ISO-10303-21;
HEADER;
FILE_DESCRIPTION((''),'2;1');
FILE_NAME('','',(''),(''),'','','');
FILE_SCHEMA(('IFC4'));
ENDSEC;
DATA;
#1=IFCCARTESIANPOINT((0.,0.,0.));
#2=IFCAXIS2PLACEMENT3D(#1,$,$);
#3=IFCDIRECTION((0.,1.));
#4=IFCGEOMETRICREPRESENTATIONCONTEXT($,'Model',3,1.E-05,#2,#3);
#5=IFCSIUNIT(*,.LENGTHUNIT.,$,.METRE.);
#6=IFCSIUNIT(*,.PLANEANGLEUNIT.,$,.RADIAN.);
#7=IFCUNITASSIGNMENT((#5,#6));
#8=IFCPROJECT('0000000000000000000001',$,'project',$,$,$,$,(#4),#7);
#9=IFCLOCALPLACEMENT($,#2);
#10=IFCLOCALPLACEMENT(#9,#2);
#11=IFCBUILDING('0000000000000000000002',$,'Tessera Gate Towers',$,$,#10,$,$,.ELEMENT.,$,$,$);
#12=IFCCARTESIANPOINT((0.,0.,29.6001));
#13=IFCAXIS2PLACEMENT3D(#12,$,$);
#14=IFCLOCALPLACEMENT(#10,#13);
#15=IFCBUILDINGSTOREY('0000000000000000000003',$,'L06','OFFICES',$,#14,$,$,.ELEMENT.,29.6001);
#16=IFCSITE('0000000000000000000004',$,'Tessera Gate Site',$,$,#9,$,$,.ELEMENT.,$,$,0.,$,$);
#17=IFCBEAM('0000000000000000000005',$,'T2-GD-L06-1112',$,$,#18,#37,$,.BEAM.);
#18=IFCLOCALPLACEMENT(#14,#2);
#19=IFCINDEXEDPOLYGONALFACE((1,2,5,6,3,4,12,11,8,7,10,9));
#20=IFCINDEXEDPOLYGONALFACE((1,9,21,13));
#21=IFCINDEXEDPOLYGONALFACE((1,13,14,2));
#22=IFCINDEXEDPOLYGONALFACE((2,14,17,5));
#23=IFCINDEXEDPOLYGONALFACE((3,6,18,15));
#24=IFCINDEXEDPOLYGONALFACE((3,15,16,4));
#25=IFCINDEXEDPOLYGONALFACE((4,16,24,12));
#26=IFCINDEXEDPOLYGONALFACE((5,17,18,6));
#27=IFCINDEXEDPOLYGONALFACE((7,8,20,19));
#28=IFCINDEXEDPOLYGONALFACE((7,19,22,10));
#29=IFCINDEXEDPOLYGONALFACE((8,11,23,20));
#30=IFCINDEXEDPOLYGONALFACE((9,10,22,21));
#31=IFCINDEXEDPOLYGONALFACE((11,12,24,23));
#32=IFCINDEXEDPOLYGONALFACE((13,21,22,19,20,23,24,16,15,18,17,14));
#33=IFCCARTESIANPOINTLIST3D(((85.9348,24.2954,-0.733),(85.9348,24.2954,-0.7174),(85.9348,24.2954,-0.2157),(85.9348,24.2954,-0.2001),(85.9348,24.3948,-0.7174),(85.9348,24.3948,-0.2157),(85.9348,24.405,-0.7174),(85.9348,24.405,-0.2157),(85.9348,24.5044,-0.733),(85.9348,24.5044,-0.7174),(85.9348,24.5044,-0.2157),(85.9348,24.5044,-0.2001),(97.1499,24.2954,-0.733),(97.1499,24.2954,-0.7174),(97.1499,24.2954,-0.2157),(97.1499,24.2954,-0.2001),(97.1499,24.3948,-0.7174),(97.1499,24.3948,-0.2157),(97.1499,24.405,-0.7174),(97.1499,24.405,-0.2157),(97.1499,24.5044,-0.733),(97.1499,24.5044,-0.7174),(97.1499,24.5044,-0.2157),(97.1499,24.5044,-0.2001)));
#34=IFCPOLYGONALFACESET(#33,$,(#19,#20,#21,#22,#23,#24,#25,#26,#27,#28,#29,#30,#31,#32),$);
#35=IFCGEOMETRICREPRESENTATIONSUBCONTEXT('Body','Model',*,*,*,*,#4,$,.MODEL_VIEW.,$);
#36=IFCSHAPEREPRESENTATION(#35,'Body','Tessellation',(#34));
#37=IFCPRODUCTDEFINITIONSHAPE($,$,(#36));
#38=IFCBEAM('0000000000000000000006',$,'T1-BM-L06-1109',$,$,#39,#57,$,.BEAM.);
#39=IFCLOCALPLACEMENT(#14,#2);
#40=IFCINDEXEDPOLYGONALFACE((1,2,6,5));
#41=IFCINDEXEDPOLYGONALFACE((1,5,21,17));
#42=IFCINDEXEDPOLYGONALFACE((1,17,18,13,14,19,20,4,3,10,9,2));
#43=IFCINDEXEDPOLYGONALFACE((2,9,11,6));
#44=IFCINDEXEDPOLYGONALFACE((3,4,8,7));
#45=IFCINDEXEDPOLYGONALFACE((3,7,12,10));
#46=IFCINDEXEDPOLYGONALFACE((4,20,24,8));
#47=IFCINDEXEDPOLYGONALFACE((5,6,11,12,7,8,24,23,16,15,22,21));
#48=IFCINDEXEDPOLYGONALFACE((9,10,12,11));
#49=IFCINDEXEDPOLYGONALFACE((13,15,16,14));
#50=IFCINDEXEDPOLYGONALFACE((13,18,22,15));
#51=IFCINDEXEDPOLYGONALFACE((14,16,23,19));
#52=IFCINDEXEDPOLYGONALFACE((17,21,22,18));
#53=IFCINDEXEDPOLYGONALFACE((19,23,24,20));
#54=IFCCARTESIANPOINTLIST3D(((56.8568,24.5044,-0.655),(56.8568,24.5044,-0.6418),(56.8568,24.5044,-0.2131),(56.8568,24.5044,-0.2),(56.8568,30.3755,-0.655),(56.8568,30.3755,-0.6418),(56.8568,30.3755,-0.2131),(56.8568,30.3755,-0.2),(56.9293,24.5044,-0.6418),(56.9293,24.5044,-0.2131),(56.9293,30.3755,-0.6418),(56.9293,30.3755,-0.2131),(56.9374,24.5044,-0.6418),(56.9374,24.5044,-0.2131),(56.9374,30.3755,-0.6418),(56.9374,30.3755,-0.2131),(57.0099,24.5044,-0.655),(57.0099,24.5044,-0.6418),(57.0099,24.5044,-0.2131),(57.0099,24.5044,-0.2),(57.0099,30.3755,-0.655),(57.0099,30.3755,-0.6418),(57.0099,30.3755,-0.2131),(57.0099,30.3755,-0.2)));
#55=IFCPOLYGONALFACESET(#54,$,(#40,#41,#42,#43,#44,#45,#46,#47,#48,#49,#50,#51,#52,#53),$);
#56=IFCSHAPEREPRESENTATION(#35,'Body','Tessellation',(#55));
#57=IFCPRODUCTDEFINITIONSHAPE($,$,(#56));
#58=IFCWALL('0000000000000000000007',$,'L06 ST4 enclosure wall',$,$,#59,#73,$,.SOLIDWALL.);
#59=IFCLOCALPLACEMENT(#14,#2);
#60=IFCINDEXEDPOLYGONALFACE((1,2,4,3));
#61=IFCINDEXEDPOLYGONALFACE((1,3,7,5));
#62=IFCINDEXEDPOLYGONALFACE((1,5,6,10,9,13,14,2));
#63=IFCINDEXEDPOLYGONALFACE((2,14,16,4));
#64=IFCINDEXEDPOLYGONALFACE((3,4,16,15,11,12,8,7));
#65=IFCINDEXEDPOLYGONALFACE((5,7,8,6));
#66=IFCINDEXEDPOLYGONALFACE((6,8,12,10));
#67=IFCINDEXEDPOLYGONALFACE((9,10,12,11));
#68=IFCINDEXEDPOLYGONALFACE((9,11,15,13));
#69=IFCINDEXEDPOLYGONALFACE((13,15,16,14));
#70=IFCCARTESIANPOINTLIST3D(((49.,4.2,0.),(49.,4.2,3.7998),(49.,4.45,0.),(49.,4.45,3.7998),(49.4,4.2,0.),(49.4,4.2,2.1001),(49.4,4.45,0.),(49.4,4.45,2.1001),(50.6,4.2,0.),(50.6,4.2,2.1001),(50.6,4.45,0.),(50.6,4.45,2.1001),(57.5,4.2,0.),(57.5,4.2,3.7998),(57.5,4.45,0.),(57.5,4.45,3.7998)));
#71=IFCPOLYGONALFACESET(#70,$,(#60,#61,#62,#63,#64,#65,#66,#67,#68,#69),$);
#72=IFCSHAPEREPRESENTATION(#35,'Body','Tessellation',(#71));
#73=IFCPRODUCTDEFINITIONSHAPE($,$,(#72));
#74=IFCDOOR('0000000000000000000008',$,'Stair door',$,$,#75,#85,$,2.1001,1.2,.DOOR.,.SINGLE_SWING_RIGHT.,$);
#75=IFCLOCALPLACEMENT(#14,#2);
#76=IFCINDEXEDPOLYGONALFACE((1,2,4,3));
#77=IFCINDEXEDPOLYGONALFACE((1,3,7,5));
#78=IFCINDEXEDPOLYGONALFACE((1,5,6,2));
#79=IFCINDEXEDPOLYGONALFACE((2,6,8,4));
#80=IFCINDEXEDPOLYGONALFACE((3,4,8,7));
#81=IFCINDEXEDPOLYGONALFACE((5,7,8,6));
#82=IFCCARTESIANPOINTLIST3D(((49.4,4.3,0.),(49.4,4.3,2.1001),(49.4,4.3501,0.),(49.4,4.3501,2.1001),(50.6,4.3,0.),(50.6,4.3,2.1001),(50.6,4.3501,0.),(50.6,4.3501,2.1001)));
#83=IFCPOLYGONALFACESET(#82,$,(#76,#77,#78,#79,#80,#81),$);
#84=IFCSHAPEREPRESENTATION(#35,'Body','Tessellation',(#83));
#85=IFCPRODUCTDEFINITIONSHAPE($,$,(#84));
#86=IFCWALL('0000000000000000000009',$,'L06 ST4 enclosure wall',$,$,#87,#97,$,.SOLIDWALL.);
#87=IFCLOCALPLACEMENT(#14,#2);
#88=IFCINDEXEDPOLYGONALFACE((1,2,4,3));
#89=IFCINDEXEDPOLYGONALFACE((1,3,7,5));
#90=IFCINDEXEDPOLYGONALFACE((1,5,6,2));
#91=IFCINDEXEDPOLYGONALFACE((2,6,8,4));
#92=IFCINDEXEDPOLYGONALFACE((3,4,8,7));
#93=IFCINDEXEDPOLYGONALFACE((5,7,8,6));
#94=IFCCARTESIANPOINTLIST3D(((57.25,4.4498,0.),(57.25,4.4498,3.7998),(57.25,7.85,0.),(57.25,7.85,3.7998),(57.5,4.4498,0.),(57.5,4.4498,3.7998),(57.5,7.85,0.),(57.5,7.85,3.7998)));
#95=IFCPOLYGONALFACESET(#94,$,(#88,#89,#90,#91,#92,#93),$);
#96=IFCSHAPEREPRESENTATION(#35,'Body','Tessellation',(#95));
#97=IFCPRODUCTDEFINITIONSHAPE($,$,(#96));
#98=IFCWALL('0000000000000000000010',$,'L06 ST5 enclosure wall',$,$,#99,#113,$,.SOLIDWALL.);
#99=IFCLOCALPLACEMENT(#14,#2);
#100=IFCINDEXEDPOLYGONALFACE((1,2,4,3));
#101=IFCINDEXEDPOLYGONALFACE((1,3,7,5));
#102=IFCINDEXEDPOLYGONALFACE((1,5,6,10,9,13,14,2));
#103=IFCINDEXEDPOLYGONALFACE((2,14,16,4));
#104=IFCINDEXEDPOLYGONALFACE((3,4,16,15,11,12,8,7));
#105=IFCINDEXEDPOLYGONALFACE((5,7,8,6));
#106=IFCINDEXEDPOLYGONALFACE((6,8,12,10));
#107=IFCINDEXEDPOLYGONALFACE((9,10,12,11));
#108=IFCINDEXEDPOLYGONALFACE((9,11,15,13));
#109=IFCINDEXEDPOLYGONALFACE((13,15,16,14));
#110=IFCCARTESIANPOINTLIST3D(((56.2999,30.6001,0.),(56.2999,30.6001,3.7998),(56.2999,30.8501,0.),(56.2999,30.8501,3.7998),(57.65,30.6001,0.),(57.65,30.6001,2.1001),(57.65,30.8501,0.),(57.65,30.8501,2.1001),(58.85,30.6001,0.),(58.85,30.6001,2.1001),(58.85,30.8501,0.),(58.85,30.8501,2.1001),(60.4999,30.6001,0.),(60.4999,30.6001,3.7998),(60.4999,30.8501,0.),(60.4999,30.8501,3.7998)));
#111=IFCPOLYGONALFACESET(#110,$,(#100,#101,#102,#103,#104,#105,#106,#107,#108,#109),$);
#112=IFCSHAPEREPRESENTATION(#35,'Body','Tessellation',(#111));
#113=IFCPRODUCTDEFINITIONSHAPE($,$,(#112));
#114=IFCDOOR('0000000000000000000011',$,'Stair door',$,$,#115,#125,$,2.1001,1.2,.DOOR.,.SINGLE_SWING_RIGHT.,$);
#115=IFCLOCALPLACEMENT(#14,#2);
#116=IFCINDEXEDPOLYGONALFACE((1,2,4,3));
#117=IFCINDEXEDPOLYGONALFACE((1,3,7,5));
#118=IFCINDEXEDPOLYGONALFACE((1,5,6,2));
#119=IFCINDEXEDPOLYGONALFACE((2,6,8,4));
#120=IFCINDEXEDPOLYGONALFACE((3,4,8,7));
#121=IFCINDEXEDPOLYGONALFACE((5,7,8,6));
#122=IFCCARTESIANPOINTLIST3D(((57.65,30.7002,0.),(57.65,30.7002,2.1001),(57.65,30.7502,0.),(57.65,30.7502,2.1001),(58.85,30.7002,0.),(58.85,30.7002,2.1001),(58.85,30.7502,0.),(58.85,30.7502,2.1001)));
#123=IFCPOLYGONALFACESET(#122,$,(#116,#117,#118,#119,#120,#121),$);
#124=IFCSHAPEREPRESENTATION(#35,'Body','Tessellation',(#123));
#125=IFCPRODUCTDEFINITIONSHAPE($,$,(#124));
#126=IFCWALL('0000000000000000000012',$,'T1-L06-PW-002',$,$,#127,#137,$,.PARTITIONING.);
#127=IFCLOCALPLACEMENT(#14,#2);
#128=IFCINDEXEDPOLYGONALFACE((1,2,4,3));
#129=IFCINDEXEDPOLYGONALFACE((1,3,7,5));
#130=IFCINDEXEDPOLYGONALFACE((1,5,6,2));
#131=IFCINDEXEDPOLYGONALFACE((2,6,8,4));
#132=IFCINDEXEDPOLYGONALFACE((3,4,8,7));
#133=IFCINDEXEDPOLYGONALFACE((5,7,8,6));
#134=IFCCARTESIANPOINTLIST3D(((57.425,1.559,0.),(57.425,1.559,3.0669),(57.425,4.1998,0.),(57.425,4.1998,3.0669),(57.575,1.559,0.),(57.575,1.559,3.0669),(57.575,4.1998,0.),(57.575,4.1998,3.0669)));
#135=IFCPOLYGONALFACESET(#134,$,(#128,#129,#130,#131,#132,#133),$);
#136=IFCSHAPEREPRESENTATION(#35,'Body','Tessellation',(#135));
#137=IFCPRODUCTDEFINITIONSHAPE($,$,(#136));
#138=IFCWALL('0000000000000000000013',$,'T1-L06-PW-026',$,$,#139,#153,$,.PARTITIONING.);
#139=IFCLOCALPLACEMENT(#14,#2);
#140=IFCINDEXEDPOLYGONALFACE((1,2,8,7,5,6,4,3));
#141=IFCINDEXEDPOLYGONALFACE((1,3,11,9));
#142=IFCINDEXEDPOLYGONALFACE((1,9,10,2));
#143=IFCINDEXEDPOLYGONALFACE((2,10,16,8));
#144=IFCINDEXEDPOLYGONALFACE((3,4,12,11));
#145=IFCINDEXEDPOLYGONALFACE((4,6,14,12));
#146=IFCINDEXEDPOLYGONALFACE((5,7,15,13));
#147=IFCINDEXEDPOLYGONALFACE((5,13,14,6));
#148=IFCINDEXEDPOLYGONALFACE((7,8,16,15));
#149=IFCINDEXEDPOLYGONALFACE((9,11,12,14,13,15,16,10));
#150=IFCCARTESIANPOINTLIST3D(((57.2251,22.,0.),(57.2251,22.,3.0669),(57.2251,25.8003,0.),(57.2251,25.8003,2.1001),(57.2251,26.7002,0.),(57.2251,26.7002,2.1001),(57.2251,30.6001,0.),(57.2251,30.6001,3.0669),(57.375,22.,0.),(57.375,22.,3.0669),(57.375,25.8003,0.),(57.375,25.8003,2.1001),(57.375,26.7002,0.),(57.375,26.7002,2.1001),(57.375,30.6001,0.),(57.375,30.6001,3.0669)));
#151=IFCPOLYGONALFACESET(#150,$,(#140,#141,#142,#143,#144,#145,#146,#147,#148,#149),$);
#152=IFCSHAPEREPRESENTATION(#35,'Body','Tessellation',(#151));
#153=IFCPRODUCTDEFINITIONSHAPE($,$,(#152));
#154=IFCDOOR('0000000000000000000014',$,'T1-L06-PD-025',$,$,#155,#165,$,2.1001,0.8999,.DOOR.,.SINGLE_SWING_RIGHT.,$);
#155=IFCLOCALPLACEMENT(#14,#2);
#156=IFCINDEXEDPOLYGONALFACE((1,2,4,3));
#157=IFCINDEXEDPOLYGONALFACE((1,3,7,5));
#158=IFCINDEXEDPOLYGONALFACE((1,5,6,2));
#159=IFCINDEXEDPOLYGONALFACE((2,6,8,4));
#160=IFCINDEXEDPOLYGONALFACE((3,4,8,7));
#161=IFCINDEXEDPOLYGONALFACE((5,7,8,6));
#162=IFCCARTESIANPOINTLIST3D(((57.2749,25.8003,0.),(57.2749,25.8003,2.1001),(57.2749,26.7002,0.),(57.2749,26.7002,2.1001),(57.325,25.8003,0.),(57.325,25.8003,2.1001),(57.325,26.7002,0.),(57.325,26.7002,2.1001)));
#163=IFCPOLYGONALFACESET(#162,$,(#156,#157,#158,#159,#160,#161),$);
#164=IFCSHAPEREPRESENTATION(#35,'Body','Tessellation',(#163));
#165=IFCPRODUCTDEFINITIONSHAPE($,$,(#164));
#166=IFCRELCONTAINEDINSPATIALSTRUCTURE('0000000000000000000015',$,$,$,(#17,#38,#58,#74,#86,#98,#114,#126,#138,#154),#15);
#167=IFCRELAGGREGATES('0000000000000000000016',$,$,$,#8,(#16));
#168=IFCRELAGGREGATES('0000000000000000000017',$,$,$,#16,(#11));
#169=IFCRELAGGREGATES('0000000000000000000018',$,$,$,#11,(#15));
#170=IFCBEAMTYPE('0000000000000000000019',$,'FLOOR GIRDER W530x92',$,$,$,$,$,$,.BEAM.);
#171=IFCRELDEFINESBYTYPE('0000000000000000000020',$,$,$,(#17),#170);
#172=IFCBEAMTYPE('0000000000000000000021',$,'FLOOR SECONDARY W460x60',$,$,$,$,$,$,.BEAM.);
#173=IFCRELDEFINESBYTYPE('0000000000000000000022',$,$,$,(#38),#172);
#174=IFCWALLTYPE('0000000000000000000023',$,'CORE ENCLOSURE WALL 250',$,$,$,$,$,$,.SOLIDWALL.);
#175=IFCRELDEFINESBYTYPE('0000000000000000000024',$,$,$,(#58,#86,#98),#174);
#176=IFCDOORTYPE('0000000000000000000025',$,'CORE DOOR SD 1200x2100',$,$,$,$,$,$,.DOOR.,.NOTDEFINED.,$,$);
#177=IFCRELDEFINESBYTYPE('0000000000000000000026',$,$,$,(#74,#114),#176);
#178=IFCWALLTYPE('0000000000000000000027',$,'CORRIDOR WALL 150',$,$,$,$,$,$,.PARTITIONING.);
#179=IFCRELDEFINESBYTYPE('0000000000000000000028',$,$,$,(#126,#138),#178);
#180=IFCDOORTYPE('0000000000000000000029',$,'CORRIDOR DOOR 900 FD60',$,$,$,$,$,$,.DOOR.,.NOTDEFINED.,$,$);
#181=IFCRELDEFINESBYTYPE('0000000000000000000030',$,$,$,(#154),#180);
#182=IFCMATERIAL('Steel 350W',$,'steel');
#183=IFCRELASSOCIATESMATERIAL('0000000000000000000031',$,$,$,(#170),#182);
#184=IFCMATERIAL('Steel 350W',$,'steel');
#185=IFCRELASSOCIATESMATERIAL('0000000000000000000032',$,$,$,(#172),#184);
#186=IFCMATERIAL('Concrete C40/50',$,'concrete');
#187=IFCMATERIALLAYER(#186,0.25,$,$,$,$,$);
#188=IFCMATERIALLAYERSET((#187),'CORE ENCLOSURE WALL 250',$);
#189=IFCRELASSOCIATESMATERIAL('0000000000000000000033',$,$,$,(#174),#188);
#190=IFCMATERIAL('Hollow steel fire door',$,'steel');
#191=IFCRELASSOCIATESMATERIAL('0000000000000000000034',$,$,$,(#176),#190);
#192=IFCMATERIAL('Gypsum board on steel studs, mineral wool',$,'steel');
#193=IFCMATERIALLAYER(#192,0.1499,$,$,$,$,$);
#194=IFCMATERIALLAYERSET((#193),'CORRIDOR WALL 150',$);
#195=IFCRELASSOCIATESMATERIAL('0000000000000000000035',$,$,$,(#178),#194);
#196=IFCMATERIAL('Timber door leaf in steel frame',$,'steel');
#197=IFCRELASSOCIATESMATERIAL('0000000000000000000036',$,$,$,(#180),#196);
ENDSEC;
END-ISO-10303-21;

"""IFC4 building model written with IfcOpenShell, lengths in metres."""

from ifc_helpers import new_model, si_unit, direction, frame, frame_2d, origin, origin_2d, place, context, subcontext, project, spatial, rectangle, i_section, extrude, source, transform, mapped, material, layer, layer_set, material_profile, profile_set, type_object, element, fill, save


model = new_model("IFC4")

# Units and contexts
model_context = context("Model", 3, precision=1e-05, world=origin(), true_north=direction((0.0, 1.0)))
body_context = subcontext(model_context, "Body", "Model", "MODEL_VIEW")
ifc_project = project(units=[si_unit("LENGTHUNIT", "METRE"), si_unit("PLANEANGLEUNIT", "RADIAN")], contexts=[model_context])

# Site, building, storey
site_placement = place(None, origin())
site = spatial("IfcSite", under=ifc_project, at=site_placement, Name="Tessera Gate Site", CompositionType="ELEMENT", RefElevation=0.0)
building_placement = place(site_placement, origin())
building = spatial("IfcBuilding", under=site, at=building_placement, Name="Tessera Gate Towers", CompositionType="ELEMENT")
storey_placement = place(building_placement, frame((0.0, 0.0, 29.6001)))
storey = spatial("IfcBuildingStorey", under=building, at=storey_placement, Name="L06", Description="OFFICES", CompositionType="ELEMENT", Elevation=29.6001)

# Beams
ifc_material_1 = material(Name="Steel 350W", Category="steel")
ifc_material_profile_1 = material_profile(ifc_material_1, i_section(OverallWidth=0.209, OverallDepth=0.533, WebThickness=0.0103, FlangeThickness=0.0156, at=origin_2d()), Name="W530x92")
ifc_profile_set_1 = profile_set([ifc_material_profile_1], Name="Steel 350W")
beam_type_1 = type_object("IfcBeamType", Name="FLOOR GIRDER W530x92", PredefinedType="BEAM", material=ifc_profile_set_1)
beam_1_placement = place(storey_placement, frame((85.9348, 24.3999, -0.4666), z_axis=(1.0, 0.0, 0.0), x_axis=(0.0, 1.0, 0.0)))
element("IfcBeam", 1, at=beam_1_placement, inside=storey, type_object=beam_type_1, Name="T2-GD-L06-1112", PredefinedType="BEAM", context=body_context, shape_type="SweptSolid", body=[
    extrude(i_section(OverallWidth=0.209, OverallDepth=0.533, WebThickness=0.0103, FlangeThickness=0.0156, at=origin_2d()), origin(), (0.0, 0.0, 1.0), 11.2151),
])
ifc_material_2 = material(Name="Steel 350W", Category="steel")
ifc_material_profile_2 = material_profile(ifc_material_2, i_section(OverallWidth=0.1531, OverallDepth=0.4551, WebThickness=0.0081, FlangeThickness=0.0132, at=origin_2d()), Name="W460x60")
ifc_profile_set_2 = profile_set([ifc_material_profile_2], Name="Steel 350W")
beam_type_2 = type_object("IfcBeamType", Name="FLOOR SECONDARY W460x60", PredefinedType="BEAM", material=ifc_profile_set_2)
beam_2_placement = place(storey_placement, frame((56.9333, 24.5044, -0.4275), z_axis=(0.0, 1.0, 0.0), x_axis=(-1.0, 0.0, 0.0)))
element("IfcBeam", 2, at=beam_2_placement, inside=storey, type_object=beam_type_2, Name="T1-BM-L06-1109", PredefinedType="BEAM", context=body_context, shape_type="SweptSolid", body=[
    extrude(i_section(OverallWidth=0.1531, OverallDepth=0.4551, WebThickness=0.0081, FlangeThickness=0.0132, at=origin_2d()), origin(), (0.0, 0.0, 1.0), 5.8711),
])

# Wall, opening, door
ifc_material_3 = material(Name="Concrete C40/50", Category="concrete")
ifc_layer_1 = layer(ifc_material_3, 0.25)
ifc_layer_set_1 = layer_set([ifc_layer_1], Name="CORE ENCLOSURE WALL 250")
wall_type_1 = type_object("IfcWallType", Name="CORE ENCLOSURE WALL 250", PredefinedType="SOLIDWALL", material=ifc_layer_set_1)
wall_1_placement = place(storey_placement, frame((57.5, 4.325, 0.0), z_axis=(0.0, 0.0, 1.0), x_axis=(-1.0, 0.0, 0.0)))
wall_1 = element("IfcWall", 3, at=wall_1_placement, inside=storey, type_object=wall_type_1, Name="L06 ST4 enclosure wall", PredefinedType="SOLIDWALL", context=body_context, shape_type="SweptSolid", body=[
    extrude(rectangle(XDim=8.5, YDim=0.25, at=frame_2d((4.25, 0.0))), origin(), (0.0, 0.0, 1.0), 3.7998),
])
shared_shape_1 = source(origin(), body_context, "Body", "SweptSolid", [
    extrude(rectangle(XDim=1.2, YDim=2.1001, at=frame_2d((0.6001, 1.05))), frame((0.0, 0.135, 0.0), z_axis=(0.0, -1.0, 0.0), x_axis=(1.0, 0.0, 0.0)), (0.0, 0.0, 1.0), 0.27),
])
opening_1_placement = place(wall_1_placement, frame((6.8999, 0.0, 0.0)))
opening_1 = element("IfcOpeningElement", 4, at=opening_1_placement, cuts=wall_1, PredefinedType="OPENING", context=body_context, shape_type="MappedRepresentation", body=[
    mapped(shared_shape_1, transform((0.0, 0.0, 0.0), scale=1.0)),
])
ifc_material_4 = material(Name="Hollow steel fire door", Category="steel")
door_type_1 = type_object("IfcDoorType", Name="CORE DOOR SD 1200x2100", OperationType="NOTDEFINED", PredefinedType="DOOR", material=ifc_material_4)
shared_shape_2 = source(origin(), body_context, "Body", "SweptSolid", [
    extrude(rectangle(XDim=1.2, YDim=2.1001, at=frame_2d((0.6001, 1.05))), frame((0.0, 0.0249, 0.0), z_axis=(0.0, -1.0, 0.0), x_axis=(1.0, 0.0, 0.0)), (0.0, 0.0, 1.0), 0.05),
])
door_1_placement = place(opening_1_placement, origin())
door_1 = element("IfcDoor", 5, at=door_1_placement, inside=storey, type_object=door_type_1, Name="Stair door", OperationType="SINGLE_SWING_RIGHT", OverallHeight=2.1001, OverallWidth=1.2, PredefinedType="DOOR", context=body_context, shape_type="MappedRepresentation", body=[
    mapped(shared_shape_2, transform((0.0, 0.0, 0.0), scale=1.0)),
])
fill(opening_1, door_1)

# Wall
wall_2_placement = place(storey_placement, frame((57.375, 7.8501, 0.0), z_axis=(0.0, 0.0, 1.0), x_axis=(0.0, -1.0, 0.0)))
element("IfcWall", 6, at=wall_2_placement, inside=storey, type_object=wall_type_1, Name="L06 ST4 enclosure wall", PredefinedType="SOLIDWALL", context=body_context, shape_type="SweptSolid", body=[
    extrude(rectangle(XDim=3.4001, YDim=0.25, at=frame_2d((1.7002, 0.0))), origin(), (0.0, 0.0, 1.0), 3.7998),
])

# Wall, opening, door
wall_3_placement = place(storey_placement, frame((60.5, 30.7251, 0.0), z_axis=(0.0, 0.0, 1.0), x_axis=(-1.0, 0.0, 0.0)))
wall_3 = element("IfcWall", 7, at=wall_3_placement, inside=storey, type_object=wall_type_1, Name="L06 ST5 enclosure wall", PredefinedType="SOLIDWALL", context=body_context, shape_type="SweptSolid", body=[
    extrude(rectangle(XDim=4.2, YDim=0.25, at=frame_2d((2.1001, 0.0))), origin(), (0.0, 0.0, 1.0), 3.7998),
])
opening_2_placement = place(wall_3_placement, frame((1.6499, 0.0, 0.0)))
opening_2 = element("IfcOpeningElement", 8, at=opening_2_placement, cuts=wall_3, PredefinedType="OPENING", context=body_context, shape_type="MappedRepresentation", body=[
    mapped(shared_shape_1, transform((0.0, 0.0, 0.0), scale=1.0)),
])
door_2_placement = place(opening_2_placement, origin())
door_2 = element("IfcDoor", 9, at=door_2_placement, inside=storey, type_object=door_type_1, Name="Stair door", OperationType="SINGLE_SWING_RIGHT", OverallHeight=2.1001, OverallWidth=1.2, PredefinedType="DOOR", context=body_context, shape_type="MappedRepresentation", body=[
    mapped(shared_shape_2, transform((0.0, 0.0, 0.0), scale=1.0)),
])
fill(opening_2, door_2)

# Wall
ifc_material_5 = material(Name="Gypsum board on steel studs, mineral wool", Category="steel")
ifc_layer_2 = layer(ifc_material_5, 0.1499)
ifc_layer_set_2 = layer_set([ifc_layer_2], Name="CORRIDOR WALL 150")
wall_type_2 = type_object("IfcWallType", Name="CORRIDOR WALL 150", PredefinedType="PARTITIONING", material=ifc_layer_set_2)
wall_4_placement = place(storey_placement, frame((57.5, 1.5591, 0.0), z_axis=(0.0, 0.0, 1.0), x_axis=(0.0, 1.0, 0.0)))
element("IfcWall", 10, at=wall_4_placement, inside=storey, type_object=wall_type_2, Name="T1-L06-PW-002", PredefinedType="PARTITIONING", context=body_context, shape_type="SweptSolid", body=[
    extrude(rectangle(XDim=2.6409, YDim=0.1499, at=frame_2d((1.3203, 0.0))), origin(), (0.0, 0.0, 1.0), 3.0669),
])

# Wall, opening, door
wall_5_placement = place(storey_placement, frame((57.3, 30.6001, 0.0), z_axis=(0.0, 0.0, 1.0), x_axis=(0.0, -1.0, 0.0)))
wall_5 = element("IfcWall", 11, at=wall_5_placement, inside=storey, type_object=wall_type_2, Name="T1-L06-PW-026", PredefinedType="PARTITIONING", context=body_context, shape_type="SweptSolid", body=[
    extrude(rectangle(XDim=8.6001, YDim=0.1499, at=frame_2d((4.3, 0.0))), origin(), (0.0, 0.0, 1.0), 3.0669),
])
shared_shape_3 = source(origin(), body_context, "Body", "SweptSolid", [
    extrude(rectangle(XDim=0.8999, YDim=2.1001, at=frame_2d((0.45, 1.05))), frame((0.0, 0.085, 0.0), z_axis=(0.0, -1.0, 0.0), x_axis=(1.0, 0.0, 0.0)), (0.0, 0.0, 1.0), 0.1699),
])
opening_3_placement = place(wall_5_placement, frame((3.8999, 0.0, 0.0)))
opening_3 = element("IfcOpeningElement", 12, at=opening_3_placement, cuts=wall_5, PredefinedType="OPENING", context=body_context, shape_type="MappedRepresentation", body=[
    mapped(shared_shape_3, transform((0.0, 0.0, 0.0), scale=1.0)),
])
ifc_material_6 = material(Name="Timber door leaf in steel frame", Category="steel")
door_type_2 = type_object("IfcDoorType", Name="CORRIDOR DOOR 900 FD60", OperationType="NOTDEFINED", PredefinedType="DOOR", material=ifc_material_6)
shared_shape_4 = source(origin(), body_context, "Body", "SweptSolid", [
    extrude(rectangle(XDim=0.8999, YDim=2.1001, at=frame_2d((0.45, 1.05))), frame((0.0, 0.0249, 0.0), z_axis=(0.0, -1.0, 0.0), x_axis=(1.0, 0.0, 0.0)), (0.0, 0.0, 1.0), 0.05),
])
door_3_placement = place(opening_3_placement, origin())
door_3 = element("IfcDoor", 13, at=door_3_placement, inside=storey, type_object=door_type_2, Name="T1-L06-PD-025", OperationType="SINGLE_SWING_RIGHT", OverallHeight=2.1001, OverallWidth=0.8999, PredefinedType="DOOR", context=body_context, shape_type="MappedRepresentation", body=[
    mapped(shared_shape_4, transform((0.0, 0.0, 0.0), scale=1.0)),
])
fill(opening_3, door_3)

save(model, "model.ifc")
